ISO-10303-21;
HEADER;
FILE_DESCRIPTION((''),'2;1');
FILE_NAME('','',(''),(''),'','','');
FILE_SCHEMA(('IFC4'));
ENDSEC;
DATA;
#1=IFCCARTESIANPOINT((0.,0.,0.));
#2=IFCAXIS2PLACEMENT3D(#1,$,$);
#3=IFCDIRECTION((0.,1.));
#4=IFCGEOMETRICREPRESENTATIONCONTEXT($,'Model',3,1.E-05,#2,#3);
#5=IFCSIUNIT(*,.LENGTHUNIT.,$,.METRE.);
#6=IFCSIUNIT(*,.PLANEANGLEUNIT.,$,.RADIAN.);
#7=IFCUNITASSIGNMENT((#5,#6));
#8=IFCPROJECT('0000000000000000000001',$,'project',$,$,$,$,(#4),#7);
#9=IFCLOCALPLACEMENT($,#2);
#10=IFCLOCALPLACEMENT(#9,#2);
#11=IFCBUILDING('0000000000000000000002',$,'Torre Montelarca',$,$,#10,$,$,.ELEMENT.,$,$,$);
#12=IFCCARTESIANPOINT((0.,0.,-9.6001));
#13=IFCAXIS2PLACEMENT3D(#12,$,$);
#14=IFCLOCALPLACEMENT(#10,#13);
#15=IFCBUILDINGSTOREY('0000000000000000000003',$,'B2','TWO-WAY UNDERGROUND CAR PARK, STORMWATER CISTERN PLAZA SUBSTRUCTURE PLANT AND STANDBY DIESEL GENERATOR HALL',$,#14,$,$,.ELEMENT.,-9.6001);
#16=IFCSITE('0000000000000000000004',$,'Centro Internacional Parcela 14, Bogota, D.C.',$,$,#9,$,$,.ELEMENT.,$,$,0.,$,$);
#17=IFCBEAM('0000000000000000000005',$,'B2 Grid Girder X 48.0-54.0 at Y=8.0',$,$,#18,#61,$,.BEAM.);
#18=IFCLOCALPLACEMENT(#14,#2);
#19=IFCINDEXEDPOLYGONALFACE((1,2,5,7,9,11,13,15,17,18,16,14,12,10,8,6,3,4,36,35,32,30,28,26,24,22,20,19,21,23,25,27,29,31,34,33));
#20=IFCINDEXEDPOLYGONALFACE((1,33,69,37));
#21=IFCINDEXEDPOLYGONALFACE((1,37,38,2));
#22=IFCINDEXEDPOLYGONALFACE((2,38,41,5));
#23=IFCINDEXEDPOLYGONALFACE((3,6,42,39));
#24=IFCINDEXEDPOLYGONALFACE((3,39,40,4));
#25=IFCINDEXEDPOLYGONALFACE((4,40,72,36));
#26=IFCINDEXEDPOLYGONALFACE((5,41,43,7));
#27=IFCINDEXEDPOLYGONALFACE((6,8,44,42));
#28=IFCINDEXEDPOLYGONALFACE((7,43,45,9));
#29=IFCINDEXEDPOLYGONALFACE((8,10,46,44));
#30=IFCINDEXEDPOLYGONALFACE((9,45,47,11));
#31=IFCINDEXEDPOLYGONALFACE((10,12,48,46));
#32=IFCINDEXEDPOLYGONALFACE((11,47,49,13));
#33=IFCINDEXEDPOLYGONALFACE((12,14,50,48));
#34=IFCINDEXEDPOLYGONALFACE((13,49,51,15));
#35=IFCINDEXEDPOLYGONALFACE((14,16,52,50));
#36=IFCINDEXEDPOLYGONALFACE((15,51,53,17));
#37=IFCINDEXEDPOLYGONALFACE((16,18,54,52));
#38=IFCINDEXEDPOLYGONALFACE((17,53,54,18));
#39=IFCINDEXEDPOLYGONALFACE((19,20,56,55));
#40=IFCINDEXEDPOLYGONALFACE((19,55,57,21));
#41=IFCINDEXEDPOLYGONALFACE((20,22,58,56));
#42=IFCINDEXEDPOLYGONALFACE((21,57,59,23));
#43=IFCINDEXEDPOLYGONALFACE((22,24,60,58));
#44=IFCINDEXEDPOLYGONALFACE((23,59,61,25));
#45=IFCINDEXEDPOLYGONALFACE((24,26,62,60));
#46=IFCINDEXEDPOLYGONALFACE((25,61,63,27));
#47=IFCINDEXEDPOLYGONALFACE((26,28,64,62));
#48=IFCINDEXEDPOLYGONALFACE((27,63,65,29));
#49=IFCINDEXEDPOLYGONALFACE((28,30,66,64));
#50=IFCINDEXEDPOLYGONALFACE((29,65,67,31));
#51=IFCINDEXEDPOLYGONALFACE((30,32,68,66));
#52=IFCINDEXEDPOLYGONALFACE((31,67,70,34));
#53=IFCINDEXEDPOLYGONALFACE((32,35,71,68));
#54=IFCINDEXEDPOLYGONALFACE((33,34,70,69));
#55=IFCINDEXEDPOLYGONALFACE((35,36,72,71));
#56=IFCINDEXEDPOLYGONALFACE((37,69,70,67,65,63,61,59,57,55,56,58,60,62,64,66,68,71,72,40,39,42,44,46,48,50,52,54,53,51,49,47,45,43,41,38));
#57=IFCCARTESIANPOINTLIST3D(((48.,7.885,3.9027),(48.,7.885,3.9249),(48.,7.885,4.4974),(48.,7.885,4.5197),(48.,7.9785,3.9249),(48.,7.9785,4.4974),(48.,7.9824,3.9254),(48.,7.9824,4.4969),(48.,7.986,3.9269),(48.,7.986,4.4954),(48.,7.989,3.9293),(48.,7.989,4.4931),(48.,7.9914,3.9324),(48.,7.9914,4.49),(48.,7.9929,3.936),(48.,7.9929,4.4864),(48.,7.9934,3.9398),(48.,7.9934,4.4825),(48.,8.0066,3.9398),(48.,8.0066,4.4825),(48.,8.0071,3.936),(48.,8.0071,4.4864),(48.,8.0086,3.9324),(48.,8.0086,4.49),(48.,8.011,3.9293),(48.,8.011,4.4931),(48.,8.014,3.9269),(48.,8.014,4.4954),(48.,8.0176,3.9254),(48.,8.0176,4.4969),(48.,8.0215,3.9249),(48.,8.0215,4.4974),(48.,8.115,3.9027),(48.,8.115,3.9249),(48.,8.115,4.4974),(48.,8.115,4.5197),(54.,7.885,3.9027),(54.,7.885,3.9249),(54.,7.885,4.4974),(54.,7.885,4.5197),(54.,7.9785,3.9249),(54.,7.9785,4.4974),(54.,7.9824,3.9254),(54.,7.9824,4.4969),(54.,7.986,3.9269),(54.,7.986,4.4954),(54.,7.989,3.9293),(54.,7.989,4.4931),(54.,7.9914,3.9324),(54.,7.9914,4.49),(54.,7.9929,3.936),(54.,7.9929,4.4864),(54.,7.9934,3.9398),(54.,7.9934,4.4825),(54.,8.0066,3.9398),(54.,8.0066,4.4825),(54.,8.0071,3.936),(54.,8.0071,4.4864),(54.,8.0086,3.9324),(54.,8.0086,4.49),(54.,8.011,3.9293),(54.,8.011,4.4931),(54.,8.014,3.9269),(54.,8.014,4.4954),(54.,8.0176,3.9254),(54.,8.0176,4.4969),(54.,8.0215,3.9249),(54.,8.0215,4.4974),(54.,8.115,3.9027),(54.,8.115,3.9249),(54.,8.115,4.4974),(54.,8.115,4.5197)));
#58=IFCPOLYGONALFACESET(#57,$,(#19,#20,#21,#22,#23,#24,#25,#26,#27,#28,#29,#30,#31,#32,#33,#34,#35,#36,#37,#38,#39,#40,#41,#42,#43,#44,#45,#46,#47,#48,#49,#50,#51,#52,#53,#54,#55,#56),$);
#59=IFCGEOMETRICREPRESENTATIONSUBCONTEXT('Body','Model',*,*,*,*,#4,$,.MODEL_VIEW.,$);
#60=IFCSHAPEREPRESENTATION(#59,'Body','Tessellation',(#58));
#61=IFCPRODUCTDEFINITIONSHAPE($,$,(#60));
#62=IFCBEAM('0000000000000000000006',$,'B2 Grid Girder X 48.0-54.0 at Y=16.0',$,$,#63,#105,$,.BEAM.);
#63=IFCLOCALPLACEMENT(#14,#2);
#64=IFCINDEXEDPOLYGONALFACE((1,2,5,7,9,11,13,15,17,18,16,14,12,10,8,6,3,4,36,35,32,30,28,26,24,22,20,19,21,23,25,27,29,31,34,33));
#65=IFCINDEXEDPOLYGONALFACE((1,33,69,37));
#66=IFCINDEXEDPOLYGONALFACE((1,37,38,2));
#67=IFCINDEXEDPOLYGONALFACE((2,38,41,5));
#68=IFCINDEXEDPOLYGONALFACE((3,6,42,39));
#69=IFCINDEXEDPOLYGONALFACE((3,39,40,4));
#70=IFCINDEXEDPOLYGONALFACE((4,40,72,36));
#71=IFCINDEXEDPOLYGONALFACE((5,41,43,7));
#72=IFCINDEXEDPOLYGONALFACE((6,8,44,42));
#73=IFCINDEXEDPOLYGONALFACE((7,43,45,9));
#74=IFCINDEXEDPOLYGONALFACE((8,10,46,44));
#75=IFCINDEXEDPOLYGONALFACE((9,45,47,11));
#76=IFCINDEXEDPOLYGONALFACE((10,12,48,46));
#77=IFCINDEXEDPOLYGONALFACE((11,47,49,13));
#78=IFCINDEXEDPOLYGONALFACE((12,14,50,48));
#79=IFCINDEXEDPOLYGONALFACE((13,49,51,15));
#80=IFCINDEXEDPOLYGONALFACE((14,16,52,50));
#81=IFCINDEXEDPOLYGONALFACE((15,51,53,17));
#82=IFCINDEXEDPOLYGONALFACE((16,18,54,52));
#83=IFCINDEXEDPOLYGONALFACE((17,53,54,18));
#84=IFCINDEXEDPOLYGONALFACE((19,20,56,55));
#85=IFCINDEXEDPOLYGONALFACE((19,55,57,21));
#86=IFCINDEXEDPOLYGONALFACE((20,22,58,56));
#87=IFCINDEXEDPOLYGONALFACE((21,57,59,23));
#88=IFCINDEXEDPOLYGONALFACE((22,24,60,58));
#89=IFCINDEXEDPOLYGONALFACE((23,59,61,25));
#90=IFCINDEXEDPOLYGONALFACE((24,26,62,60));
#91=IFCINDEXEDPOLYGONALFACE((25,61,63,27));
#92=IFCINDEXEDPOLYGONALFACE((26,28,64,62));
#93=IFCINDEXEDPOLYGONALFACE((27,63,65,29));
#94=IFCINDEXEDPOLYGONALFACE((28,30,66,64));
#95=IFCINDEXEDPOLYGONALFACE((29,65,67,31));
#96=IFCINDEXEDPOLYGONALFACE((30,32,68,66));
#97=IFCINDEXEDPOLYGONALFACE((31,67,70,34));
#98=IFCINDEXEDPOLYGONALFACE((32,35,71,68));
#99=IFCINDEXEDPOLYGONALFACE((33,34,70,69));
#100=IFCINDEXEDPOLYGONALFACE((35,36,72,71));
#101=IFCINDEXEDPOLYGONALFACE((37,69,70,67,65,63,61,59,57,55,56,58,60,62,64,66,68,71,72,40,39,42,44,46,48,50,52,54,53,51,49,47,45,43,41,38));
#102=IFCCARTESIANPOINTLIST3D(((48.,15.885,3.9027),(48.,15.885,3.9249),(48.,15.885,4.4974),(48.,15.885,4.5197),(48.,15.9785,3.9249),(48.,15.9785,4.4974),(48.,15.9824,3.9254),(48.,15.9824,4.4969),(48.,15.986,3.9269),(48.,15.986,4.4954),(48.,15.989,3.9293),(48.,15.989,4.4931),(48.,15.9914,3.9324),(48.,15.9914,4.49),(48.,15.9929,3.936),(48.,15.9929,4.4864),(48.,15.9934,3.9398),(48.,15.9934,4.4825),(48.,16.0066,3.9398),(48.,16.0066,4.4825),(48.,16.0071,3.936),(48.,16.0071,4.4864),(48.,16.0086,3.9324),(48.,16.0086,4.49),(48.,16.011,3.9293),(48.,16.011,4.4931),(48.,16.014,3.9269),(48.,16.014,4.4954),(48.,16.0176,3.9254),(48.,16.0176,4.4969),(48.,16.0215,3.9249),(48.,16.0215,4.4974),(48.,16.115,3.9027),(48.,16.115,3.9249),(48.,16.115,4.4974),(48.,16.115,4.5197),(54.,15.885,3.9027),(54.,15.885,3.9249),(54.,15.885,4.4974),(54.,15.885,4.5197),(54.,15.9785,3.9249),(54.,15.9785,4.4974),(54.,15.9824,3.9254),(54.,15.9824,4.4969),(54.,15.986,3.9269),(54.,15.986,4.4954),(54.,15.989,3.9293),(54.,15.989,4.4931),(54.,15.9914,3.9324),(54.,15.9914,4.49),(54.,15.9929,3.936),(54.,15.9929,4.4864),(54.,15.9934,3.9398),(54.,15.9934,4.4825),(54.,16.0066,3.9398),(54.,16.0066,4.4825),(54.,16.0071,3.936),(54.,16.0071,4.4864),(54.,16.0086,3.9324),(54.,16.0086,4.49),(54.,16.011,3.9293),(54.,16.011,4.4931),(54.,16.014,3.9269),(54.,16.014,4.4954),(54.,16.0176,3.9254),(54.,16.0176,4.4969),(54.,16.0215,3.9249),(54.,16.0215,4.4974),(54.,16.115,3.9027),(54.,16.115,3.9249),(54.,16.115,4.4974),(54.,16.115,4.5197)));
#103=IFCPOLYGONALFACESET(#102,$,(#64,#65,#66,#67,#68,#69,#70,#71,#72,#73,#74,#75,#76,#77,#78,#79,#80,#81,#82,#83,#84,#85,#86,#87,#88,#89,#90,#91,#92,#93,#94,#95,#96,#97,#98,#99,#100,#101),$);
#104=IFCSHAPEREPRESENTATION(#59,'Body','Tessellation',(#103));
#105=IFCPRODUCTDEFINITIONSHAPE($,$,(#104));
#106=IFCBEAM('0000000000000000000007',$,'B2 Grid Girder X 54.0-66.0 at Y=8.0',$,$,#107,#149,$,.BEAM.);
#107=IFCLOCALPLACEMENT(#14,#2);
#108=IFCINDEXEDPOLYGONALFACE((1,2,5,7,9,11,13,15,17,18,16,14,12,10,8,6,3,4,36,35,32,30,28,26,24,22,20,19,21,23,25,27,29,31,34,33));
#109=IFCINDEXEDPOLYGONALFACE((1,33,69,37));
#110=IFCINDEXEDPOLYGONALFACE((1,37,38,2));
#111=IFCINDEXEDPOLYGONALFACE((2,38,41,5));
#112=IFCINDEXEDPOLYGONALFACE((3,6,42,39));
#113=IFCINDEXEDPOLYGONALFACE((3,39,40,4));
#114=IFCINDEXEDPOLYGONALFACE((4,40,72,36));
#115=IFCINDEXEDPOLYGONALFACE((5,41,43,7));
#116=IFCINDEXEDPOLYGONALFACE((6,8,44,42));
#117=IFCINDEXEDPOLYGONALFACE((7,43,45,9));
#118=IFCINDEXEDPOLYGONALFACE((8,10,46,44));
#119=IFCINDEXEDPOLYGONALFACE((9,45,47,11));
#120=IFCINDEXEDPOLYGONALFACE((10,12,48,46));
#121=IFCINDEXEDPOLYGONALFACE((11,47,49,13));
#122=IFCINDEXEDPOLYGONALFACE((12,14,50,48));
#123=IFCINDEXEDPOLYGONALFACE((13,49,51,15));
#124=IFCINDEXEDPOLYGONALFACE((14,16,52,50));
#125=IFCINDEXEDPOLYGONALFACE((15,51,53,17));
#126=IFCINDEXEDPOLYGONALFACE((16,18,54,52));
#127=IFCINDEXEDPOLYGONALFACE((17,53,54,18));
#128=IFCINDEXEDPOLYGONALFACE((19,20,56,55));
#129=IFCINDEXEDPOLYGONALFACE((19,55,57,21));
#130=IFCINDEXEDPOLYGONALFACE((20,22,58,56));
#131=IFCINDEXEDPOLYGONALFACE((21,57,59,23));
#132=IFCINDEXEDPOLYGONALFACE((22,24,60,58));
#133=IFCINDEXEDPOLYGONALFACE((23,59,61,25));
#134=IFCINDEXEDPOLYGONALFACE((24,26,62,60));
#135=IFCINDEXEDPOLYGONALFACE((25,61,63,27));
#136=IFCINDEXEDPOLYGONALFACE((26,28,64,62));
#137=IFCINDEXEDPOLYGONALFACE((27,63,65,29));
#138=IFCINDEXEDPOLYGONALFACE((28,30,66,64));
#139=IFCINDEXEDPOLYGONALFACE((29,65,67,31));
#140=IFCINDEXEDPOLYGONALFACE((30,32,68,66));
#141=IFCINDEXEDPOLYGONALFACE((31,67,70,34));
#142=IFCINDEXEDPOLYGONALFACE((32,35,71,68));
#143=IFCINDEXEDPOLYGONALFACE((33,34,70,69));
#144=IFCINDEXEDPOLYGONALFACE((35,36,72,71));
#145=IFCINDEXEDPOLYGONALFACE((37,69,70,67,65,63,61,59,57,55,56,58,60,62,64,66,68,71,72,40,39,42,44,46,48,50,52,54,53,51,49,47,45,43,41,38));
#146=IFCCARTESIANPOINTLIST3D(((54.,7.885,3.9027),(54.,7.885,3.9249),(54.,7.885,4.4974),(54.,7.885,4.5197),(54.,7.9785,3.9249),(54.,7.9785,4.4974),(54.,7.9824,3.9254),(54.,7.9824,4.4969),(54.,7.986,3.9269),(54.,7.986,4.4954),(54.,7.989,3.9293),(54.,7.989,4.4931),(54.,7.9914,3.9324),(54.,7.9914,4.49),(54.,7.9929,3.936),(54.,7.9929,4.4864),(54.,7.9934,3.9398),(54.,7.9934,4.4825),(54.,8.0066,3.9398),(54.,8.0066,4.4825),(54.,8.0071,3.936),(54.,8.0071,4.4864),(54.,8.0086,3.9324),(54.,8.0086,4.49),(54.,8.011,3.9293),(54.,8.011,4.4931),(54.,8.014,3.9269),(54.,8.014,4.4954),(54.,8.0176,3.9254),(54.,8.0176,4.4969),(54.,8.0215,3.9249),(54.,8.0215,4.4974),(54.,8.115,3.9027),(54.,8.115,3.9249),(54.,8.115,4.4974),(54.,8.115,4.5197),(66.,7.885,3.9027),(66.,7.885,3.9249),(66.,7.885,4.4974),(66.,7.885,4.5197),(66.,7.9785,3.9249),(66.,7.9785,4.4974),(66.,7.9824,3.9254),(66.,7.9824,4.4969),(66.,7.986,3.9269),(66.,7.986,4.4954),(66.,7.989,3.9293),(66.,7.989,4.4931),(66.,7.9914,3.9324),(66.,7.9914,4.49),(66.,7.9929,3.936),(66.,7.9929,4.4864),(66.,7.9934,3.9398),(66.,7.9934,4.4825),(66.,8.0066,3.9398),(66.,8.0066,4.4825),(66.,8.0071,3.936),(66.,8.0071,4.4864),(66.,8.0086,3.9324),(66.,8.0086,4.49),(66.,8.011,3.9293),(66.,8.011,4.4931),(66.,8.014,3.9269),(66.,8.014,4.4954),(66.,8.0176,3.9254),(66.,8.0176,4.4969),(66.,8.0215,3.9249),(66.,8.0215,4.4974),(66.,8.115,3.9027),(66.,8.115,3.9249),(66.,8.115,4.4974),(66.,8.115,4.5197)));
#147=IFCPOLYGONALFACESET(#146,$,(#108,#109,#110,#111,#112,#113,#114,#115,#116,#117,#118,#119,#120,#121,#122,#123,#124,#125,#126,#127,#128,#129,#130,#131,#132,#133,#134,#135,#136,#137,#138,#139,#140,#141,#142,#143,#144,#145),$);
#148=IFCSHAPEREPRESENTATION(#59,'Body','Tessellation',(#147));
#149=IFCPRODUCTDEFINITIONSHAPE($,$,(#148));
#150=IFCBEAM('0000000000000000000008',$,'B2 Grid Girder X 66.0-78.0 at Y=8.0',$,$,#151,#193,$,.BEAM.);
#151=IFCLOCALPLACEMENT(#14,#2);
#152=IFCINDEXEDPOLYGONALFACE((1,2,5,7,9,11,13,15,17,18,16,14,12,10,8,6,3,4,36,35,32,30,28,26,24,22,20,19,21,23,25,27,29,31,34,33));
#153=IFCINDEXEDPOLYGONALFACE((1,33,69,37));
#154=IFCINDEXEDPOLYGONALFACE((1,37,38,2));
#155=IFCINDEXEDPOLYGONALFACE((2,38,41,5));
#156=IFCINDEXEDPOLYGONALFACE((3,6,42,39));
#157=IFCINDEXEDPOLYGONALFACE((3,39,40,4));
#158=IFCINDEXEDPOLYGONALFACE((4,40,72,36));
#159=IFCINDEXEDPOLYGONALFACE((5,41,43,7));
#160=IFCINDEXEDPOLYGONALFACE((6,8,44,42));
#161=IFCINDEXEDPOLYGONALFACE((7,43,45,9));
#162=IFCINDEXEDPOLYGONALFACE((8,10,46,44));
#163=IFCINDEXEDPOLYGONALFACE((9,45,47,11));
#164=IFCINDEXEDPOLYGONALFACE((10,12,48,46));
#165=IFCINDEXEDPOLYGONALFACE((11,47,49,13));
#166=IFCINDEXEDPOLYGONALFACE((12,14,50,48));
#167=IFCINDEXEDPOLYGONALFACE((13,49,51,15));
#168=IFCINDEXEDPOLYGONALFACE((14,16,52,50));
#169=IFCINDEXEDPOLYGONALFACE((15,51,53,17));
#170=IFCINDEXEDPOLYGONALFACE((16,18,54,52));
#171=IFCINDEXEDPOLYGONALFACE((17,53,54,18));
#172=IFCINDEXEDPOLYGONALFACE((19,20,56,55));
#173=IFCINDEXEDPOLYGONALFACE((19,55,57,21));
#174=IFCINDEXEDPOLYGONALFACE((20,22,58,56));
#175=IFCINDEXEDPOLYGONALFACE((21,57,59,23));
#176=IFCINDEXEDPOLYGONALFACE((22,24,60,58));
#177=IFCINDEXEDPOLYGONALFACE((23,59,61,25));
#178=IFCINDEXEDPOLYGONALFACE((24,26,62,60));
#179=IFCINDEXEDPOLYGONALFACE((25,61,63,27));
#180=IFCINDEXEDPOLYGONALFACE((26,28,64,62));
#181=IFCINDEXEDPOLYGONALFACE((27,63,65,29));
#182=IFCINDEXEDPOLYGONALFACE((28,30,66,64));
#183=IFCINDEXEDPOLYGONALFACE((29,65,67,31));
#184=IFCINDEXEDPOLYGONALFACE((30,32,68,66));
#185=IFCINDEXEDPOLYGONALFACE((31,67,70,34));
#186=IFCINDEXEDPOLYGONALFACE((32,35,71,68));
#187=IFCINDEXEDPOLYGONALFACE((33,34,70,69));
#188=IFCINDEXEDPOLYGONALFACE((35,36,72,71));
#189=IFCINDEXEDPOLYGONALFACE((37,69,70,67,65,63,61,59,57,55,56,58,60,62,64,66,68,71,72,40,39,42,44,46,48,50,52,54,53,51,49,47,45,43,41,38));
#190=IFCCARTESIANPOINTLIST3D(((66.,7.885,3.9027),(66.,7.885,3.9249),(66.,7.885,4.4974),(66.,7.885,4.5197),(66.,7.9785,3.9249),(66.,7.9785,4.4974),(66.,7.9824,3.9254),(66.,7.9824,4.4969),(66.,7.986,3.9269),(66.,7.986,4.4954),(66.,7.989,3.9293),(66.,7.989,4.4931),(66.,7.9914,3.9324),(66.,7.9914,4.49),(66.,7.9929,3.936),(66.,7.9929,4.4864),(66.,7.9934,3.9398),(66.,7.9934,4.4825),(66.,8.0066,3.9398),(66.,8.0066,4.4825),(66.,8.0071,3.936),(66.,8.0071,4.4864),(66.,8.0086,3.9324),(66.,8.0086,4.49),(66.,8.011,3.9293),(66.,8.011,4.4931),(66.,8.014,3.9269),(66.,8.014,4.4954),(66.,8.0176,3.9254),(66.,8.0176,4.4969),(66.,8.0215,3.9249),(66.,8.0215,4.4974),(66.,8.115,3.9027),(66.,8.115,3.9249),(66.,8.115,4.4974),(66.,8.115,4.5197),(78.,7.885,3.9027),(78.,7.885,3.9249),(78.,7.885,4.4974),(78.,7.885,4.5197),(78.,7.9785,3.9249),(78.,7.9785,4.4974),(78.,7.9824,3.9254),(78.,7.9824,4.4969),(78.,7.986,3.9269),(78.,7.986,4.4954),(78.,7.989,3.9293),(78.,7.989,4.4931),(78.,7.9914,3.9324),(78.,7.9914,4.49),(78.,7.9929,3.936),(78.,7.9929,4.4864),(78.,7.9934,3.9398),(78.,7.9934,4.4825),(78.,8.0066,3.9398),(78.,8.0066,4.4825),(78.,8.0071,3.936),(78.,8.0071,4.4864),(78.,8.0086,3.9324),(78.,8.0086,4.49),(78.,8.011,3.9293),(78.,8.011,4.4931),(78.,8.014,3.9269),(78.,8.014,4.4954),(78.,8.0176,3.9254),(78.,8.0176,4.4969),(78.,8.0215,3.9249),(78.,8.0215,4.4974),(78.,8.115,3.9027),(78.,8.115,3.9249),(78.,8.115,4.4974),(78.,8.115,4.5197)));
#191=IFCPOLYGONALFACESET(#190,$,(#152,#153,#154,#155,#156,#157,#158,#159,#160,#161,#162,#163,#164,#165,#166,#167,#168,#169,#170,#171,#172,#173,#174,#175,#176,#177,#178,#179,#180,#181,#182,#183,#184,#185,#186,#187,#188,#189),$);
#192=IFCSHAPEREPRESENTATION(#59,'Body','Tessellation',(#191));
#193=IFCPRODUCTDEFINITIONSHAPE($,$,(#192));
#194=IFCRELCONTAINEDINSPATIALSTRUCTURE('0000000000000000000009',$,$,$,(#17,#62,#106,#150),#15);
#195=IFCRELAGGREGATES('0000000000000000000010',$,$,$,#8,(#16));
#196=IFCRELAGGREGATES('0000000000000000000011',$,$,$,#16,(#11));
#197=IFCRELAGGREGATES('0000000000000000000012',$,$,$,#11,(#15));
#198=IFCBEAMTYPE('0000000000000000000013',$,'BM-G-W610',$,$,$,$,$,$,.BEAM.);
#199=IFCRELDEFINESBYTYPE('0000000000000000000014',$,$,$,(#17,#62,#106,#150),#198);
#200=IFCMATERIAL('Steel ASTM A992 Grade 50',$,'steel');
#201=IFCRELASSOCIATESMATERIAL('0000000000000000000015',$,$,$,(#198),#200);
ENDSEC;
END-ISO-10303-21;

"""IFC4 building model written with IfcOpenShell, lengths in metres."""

from ifc_helpers import new_model, si_unit, direction, frame, origin, origin_2d, place, context, subcontext, project, spatial, i_section, extrude, source, transform, mapped, material, material_profile, profile_set, type_object, element, save


model = new_model("IFC4")

# Units and contexts
model_context = context("Model", 3, precision=1e-05, world=origin(), true_north=direction((0.0, 1.0)))
body_context = subcontext(model_context, "Body", "Model", "MODEL_VIEW")
ifc_project = project(units=[si_unit("LENGTHUNIT", "METRE"), si_unit("PLANEANGLEUNIT", "RADIAN")], contexts=[model_context])

# Site, building, storey
site_placement = place(None, origin())
site = spatial("IfcSite", under=ifc_project, at=site_placement, Name="Centro Internacional Parcela 14, Bogota, D.C.", CompositionType="ELEMENT", RefElevation=0.0)
building_placement = place(site_placement, origin())
building = spatial("IfcBuilding", under=site, at=building_placement, Name="Torre Montelarca", CompositionType="ELEMENT")
storey_placement = place(building_placement, frame((0.0, 0.0, -9.6001)))
storey = spatial("IfcBuildingStorey", under=building, at=storey_placement, Name="B2", Description="TWO-WAY UNDERGROUND CAR PARK, STORMWATER CISTERN PLAZA SUBSTRUCTURE PLANT AND STANDBY DIESEL GENERATOR HALL", CompositionType="ELEMENT", Elevation=-9.6001)

# Beams
ifc_material_1 = material(Name="Steel ASTM A992 Grade 50", Category="steel")
ifc_material_profile_1 = material_profile(ifc_material_1, i_section(OverallWidth=0.23, OverallDepth=0.6169, WebThickness=0.0132, FlangeThickness=0.0222, FilletRadius=0.0149, at=origin_2d()), Name="W610X140", Category="steel")
ifc_profile_set_1 = profile_set([ifc_material_profile_1], Name="Steel ASTM A992 Grade 50")
beam_type_1 = type_object("IfcBeamType", Name="BM-G-W610", PredefinedType="BEAM", material=ifc_profile_set_1)
shared_shape_1 = source(origin(), body_context, "Body", "SweptSolid", [
    extrude(i_section(OverallWidth=0.23, OverallDepth=0.6169, WebThickness=0.0132, FlangeThickness=0.0222, FilletRadius=0.0149, at=origin_2d()), origin(), (0.0, 0.0, 1.0), 6.0),
])
for number, where, z_axis, x_axis, name in (
    (1, (48.0, 8.0, 4.2112), (1.0, 0.0, 0.0), (0.0, 1.0, 0.0), "B2 Grid Girder X 48.0-54.0 at Y=8.0"),
    (2, (48.0, 16.0, 4.2112), (1.0, 0.0, 0.0), (0.0, 1.0, 0.0), "B2 Grid Girder X 48.0-54.0 at Y=16.0"),
):
    element("IfcBeam", number, at=place(storey_placement, frame(where, z_axis=z_axis, x_axis=x_axis)), inside=storey, type_object=beam_type_1, Name=name, PredefinedType="BEAM", context=body_context, shape_type="MappedRepresentation", body=[
        mapped(shared_shape_1, transform((0.0, 0.0, 0.0), scale=1.0)),
    ])
shared_shape_2 = source(origin(), body_context, "Body", "SweptSolid", [
    extrude(i_section(OverallWidth=0.23, OverallDepth=0.6169, WebThickness=0.0132, FlangeThickness=0.0222, FilletRadius=0.0149, at=origin_2d()), origin(), (0.0, 0.0, 1.0), 12.0),
])
for number, where, z_axis, x_axis, name in (
    (3, (54.0, 8.0, 4.2112), (1.0, 0.0, 0.0), (0.0, 1.0, 0.0), "B2 Grid Girder X 54.0-66.0 at Y=8.0"),
    (4, (66.0, 8.0, 4.2112), (1.0, 0.0, 0.0), (0.0, 1.0, 0.0), "B2 Grid Girder X 66.0-78.0 at Y=8.0"),
):
    element("IfcBeam", number, at=place(storey_placement, frame(where, z_axis=z_axis, x_axis=x_axis)), inside=storey, type_object=beam_type_1, Name=name, PredefinedType="BEAM", context=body_context, shape_type="MappedRepresentation", body=[
        mapped(shared_shape_2, transform((0.0, 0.0, 0.0), scale=1.0)),
    ])

save(model, "model.ifc")
